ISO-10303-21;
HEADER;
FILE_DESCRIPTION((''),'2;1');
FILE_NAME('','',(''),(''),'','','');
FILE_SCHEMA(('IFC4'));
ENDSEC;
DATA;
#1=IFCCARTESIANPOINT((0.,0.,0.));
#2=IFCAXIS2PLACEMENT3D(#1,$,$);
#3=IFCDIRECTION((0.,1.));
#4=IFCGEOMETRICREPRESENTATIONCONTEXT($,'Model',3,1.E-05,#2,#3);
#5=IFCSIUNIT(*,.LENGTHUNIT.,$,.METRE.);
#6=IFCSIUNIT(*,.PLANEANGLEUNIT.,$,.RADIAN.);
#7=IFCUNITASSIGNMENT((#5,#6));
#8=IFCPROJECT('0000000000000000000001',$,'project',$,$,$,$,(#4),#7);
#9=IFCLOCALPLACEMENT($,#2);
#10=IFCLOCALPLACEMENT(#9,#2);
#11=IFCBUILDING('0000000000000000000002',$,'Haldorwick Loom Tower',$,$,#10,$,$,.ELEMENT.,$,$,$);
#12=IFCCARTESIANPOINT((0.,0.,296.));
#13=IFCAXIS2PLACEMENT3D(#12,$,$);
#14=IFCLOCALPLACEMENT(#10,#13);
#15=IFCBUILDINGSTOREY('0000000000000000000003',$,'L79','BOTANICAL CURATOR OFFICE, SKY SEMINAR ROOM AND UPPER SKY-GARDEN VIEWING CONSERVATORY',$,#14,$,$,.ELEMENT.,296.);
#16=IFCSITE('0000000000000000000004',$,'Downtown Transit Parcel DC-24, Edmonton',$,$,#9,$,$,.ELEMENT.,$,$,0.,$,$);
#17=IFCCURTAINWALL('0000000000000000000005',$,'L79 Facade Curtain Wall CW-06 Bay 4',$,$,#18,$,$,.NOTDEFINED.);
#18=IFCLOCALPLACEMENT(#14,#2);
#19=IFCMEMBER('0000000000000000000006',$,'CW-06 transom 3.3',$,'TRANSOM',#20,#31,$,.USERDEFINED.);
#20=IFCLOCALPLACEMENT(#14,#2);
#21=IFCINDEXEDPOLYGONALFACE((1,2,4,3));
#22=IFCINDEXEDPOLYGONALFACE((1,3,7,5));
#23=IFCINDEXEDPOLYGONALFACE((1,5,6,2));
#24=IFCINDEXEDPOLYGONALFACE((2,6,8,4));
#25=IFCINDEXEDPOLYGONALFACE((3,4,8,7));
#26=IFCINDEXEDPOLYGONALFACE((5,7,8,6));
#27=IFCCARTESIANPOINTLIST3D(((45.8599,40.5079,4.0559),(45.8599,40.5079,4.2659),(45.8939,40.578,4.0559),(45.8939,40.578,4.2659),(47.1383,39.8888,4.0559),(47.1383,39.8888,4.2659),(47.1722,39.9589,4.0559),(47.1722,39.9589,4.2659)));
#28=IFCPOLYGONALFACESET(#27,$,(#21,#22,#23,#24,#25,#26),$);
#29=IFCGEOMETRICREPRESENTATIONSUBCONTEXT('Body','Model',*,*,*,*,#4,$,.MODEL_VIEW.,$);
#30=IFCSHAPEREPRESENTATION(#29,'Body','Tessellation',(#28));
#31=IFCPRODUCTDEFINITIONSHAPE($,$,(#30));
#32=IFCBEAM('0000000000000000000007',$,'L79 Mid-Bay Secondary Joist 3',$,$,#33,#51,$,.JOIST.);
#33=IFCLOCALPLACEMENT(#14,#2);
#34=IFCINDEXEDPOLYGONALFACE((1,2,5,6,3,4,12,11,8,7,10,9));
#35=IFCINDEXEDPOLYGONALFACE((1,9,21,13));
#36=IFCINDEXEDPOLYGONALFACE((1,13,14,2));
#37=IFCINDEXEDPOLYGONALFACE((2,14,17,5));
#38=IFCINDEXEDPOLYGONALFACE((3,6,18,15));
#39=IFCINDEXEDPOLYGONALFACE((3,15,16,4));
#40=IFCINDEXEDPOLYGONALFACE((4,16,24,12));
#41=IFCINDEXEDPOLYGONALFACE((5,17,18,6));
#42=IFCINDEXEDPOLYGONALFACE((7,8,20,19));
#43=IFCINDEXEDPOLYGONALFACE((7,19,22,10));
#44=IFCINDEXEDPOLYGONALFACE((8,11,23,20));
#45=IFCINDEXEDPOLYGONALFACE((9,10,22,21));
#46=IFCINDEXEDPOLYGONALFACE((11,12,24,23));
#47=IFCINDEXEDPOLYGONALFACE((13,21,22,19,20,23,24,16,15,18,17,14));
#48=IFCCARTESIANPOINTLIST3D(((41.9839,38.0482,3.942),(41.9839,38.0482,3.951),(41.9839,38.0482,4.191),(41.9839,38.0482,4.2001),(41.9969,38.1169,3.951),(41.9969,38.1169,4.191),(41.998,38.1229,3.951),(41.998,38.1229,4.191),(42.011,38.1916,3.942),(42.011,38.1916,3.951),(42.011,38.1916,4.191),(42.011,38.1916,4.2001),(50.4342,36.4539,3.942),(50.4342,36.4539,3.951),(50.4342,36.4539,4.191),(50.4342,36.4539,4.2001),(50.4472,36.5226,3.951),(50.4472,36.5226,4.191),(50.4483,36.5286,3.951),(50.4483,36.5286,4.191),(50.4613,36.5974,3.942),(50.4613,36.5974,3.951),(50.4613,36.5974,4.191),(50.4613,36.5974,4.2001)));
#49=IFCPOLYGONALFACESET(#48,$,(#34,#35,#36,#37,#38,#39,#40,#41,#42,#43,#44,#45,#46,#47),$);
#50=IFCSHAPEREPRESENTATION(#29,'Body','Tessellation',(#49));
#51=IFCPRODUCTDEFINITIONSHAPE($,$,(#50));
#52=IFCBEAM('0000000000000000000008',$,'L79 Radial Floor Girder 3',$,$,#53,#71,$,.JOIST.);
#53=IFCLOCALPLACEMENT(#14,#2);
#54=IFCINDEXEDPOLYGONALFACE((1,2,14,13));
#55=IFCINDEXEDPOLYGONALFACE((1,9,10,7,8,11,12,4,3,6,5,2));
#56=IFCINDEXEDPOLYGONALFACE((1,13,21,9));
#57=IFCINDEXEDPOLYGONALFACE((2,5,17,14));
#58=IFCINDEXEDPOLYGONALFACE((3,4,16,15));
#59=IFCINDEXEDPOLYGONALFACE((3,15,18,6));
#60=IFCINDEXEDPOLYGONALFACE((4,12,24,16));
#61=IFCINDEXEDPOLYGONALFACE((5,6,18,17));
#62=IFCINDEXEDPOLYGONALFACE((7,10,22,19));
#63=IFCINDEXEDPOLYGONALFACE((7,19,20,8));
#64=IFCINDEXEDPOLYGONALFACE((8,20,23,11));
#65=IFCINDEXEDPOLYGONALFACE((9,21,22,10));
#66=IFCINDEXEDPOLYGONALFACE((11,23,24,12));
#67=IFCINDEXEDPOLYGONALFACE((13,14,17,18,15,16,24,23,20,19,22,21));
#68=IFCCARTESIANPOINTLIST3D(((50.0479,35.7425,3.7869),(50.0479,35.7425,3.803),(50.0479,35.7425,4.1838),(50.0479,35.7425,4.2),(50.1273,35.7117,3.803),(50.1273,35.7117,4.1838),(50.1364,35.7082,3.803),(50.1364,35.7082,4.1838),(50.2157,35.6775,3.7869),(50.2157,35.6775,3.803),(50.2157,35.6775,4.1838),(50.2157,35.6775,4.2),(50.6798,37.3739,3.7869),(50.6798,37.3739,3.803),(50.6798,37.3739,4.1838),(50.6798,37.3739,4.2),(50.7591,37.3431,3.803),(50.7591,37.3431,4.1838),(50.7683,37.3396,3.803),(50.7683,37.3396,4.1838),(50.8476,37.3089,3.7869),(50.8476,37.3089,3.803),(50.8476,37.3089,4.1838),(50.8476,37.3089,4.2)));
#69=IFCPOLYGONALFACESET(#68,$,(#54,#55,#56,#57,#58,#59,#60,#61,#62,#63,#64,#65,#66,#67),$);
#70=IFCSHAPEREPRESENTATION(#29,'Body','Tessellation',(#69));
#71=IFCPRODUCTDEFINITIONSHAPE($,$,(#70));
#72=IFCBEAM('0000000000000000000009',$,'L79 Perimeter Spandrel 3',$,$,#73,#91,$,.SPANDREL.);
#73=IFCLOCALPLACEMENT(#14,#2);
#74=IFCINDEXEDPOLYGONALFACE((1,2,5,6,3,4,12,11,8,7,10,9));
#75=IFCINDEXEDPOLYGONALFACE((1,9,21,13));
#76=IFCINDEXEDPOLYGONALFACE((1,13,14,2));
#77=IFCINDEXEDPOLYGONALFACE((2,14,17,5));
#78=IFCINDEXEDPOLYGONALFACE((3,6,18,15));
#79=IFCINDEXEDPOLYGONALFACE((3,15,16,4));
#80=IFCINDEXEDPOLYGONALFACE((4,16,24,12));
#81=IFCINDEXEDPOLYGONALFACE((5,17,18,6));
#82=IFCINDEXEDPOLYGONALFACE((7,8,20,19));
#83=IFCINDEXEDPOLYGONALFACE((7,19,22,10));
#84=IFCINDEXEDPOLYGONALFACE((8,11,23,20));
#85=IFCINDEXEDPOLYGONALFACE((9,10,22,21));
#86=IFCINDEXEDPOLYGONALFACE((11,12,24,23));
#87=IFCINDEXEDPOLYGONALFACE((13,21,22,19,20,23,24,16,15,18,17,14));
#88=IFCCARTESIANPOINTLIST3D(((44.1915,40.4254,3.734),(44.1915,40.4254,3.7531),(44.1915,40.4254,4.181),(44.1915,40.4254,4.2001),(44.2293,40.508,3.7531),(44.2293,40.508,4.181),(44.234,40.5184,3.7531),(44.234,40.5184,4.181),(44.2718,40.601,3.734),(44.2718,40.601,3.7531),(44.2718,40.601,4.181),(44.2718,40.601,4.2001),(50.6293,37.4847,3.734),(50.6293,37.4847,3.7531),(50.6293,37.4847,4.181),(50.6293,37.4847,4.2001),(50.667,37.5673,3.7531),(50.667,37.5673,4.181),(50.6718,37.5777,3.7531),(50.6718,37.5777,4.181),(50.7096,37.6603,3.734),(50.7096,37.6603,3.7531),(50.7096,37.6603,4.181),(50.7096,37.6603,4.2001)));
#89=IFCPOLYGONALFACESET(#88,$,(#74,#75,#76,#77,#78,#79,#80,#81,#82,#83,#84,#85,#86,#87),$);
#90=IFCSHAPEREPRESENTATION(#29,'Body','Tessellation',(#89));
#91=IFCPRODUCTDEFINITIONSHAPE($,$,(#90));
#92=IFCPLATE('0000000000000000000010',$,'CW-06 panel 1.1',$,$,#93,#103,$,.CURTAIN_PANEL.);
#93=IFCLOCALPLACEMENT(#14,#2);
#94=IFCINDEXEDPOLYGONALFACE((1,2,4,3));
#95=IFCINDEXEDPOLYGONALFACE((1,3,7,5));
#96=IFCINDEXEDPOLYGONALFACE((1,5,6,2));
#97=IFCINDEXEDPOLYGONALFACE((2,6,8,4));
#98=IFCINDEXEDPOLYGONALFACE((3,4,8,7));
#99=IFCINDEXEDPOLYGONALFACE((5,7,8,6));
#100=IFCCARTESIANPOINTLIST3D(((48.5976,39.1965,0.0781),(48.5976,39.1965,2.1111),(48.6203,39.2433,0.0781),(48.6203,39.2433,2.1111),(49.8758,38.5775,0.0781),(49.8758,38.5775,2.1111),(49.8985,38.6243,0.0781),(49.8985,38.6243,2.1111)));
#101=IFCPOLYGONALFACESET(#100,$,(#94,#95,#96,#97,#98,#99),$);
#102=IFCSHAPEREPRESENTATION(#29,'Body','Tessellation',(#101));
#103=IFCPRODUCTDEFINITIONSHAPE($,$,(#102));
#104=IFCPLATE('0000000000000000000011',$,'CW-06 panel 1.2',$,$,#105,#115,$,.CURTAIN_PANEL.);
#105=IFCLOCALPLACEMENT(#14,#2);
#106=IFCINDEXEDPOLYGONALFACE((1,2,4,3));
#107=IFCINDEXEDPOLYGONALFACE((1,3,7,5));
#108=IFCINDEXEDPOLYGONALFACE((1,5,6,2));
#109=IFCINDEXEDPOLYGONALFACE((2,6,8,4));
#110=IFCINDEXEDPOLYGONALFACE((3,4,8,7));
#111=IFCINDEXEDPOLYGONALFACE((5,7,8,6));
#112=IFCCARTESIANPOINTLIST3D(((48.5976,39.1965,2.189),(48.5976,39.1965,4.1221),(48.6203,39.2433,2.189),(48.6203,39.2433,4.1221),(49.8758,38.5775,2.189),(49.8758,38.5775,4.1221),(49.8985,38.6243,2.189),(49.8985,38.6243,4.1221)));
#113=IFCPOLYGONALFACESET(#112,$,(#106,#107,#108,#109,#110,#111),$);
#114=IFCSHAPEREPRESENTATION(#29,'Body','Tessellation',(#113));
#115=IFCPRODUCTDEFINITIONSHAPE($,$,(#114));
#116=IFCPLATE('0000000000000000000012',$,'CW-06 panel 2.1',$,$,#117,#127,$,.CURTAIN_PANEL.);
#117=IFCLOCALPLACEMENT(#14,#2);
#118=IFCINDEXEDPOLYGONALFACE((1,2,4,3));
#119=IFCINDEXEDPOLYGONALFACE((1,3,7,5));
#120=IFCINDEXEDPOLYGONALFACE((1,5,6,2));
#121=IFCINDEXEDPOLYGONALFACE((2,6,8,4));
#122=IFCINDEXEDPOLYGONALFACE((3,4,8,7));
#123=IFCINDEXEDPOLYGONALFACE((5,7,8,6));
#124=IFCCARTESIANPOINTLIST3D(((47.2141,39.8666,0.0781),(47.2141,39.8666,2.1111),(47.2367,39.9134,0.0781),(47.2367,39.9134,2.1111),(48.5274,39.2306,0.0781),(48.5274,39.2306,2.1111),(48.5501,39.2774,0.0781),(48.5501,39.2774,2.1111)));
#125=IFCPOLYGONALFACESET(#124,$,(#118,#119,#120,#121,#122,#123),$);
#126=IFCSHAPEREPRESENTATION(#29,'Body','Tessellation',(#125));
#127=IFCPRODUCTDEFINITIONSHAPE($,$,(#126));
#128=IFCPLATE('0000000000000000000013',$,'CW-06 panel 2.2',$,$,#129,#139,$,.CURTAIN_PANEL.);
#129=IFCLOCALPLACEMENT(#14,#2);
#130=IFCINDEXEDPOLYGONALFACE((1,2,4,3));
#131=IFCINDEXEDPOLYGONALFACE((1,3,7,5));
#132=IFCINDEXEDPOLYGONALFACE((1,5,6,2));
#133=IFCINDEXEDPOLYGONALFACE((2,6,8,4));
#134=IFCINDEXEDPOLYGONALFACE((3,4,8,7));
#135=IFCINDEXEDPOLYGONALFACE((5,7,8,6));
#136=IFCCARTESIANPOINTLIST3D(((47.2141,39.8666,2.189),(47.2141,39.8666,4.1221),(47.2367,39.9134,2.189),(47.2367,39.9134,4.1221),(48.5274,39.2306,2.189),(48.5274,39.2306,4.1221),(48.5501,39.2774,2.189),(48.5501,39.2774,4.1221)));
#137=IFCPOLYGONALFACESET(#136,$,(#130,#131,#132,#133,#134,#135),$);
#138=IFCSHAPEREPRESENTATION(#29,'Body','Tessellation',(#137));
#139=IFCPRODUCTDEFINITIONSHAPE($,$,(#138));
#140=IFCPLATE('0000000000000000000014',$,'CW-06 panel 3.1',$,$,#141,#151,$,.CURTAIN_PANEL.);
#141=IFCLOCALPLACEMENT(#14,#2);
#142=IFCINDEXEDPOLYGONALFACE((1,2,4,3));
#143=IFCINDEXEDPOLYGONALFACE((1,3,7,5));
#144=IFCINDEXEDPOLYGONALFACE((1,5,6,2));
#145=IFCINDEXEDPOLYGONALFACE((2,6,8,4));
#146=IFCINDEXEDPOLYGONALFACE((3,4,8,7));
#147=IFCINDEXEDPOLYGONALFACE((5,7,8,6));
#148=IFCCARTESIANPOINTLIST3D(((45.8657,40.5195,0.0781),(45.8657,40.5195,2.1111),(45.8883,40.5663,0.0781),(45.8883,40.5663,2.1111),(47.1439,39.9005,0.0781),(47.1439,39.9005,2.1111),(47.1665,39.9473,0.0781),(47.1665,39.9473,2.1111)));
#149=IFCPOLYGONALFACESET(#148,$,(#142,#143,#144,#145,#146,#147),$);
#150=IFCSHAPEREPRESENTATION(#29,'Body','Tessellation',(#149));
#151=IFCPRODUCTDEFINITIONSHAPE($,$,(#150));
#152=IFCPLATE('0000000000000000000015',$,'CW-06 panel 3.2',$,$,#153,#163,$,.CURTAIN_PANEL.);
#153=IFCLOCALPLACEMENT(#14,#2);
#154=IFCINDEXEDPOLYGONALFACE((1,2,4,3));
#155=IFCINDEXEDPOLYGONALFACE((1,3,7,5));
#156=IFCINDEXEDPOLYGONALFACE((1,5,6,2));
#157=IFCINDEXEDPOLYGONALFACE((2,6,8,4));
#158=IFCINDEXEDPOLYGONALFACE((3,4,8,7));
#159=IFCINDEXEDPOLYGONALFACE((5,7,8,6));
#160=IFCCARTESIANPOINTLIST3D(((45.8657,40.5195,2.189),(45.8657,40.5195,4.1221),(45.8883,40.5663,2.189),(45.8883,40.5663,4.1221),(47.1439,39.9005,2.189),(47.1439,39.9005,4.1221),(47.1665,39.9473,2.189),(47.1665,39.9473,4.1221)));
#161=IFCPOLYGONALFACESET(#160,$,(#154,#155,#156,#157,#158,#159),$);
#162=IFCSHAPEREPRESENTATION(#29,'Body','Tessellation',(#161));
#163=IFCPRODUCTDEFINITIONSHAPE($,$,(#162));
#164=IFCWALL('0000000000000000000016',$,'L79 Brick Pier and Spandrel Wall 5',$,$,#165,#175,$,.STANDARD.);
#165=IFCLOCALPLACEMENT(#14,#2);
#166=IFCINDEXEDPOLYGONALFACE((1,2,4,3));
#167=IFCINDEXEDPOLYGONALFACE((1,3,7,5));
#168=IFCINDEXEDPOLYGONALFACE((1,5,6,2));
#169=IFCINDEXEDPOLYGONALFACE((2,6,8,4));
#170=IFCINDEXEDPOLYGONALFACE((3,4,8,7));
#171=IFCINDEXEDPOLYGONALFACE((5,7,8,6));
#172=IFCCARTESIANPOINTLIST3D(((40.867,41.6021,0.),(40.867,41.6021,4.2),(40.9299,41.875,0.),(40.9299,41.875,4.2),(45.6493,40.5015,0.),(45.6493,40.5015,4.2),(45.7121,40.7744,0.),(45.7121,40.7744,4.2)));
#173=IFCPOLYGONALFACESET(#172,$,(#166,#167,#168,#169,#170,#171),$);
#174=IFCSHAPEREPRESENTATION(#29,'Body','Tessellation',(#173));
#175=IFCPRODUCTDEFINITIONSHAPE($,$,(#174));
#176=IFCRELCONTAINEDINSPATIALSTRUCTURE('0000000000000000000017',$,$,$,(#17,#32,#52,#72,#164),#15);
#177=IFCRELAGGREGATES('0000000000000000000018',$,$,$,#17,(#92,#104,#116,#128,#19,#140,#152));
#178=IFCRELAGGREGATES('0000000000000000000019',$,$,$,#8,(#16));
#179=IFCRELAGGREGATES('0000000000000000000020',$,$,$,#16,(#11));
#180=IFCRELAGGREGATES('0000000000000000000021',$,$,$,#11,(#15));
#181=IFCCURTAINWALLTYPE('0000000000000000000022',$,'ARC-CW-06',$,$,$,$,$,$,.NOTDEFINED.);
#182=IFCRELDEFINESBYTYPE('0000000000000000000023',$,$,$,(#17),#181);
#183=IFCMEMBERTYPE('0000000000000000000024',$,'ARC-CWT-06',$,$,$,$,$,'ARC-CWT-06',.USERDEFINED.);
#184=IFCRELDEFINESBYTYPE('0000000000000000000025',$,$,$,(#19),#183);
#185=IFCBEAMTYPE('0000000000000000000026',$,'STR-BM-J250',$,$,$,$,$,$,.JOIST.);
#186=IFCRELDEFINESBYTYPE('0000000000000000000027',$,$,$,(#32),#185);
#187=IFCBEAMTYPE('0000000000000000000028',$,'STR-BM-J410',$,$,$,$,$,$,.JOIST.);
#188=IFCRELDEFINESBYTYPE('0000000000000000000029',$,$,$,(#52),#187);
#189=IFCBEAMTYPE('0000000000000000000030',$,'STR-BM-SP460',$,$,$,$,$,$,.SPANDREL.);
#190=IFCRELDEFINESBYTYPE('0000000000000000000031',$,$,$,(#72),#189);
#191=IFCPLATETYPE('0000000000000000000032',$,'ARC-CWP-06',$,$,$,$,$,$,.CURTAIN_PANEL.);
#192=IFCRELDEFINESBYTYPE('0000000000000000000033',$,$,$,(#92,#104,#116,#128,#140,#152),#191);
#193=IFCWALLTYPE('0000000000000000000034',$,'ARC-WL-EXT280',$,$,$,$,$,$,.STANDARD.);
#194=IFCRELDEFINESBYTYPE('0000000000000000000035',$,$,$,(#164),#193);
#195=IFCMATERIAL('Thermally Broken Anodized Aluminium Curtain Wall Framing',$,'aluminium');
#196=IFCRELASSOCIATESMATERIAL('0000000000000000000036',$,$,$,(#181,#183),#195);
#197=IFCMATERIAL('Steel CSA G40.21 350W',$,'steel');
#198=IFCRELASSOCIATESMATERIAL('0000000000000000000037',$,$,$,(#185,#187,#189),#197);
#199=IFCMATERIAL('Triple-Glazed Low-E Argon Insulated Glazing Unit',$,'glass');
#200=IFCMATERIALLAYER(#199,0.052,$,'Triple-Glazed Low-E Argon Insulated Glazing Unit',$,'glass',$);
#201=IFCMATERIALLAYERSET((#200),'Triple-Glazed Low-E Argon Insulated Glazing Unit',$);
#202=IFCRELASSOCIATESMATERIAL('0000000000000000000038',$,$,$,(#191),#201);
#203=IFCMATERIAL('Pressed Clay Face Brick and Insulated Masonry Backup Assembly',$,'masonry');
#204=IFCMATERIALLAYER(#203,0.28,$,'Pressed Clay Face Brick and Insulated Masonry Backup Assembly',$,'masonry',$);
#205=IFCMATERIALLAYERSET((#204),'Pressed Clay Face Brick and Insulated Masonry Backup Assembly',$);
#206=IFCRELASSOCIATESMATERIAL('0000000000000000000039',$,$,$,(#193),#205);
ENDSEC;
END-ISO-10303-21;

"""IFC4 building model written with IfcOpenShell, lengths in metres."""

from ifc_helpers import new_model, si_unit, direction, frame, frame_2d, origin, origin_2d, place, context, subcontext, project, spatial, rectangle, i_section, extrude, material, layer, layer_set, material_profile, profile_set, type_object, element, aggregate, save


model = new_model("IFC4")

# Units and contexts
model_context = context("Model", 3, precision=1e-05, world=origin(), true_north=direction((0.0, 1.0)))
body_context = subcontext(model_context, "Body", "Model", "MODEL_VIEW")
ifc_project = project(units=[si_unit("LENGTHUNIT", "METRE"), si_unit("PLANEANGLEUNIT", "RADIAN")], contexts=[model_context])

# Site, building, storey
site_placement = place(None, origin())
site = spatial("IfcSite", under=ifc_project, at=site_placement, Name="Downtown Transit Parcel DC-24, Edmonton", CompositionType="ELEMENT", RefElevation=0.0)
building_placement = place(site_placement, origin())
building = spatial("IfcBuilding", under=site, at=building_placement, Name="Haldorwick Loom Tower", CompositionType="ELEMENT")
storey_placement = place(building_placement, frame((0.0, 0.0, 296.0)))
storey = spatial("IfcBuildingStorey", under=building, at=storey_placement, Name="L79", Description="BOTANICAL CURATOR OFFICE, SKY SEMINAR ROOM AND UPPER SKY-GARDEN VIEWING CONSERVATORY", CompositionType="ELEMENT", Elevation=296.0)

# Shared definitions
ifc_material_1 = material(Name="Steel CSA G40.21 350W", Category="steel")

# Curtain wall, member
ifc_material_2 = material(Name="Thermally Broken Anodized Aluminium Curtain Wall Framing", Category="aluminium")
curtain_wall_type = type_object("IfcCurtainWallType", Name="ARC-CW-06", PredefinedType="NOTDEFINED", material=ifc_material_2)
curtain_wall_placement = place(storey_placement, origin())
curtain_wall = element("IfcCurtainWall", 1, at=curtain_wall_placement, inside=storey, type_object=curtain_wall_type, Name="L79 Facade Curtain Wall CW-06 Bay 4", PredefinedType="NOTDEFINED")
ifc_material_profile_1 = material_profile(ifc_material_2, rectangle(XDim=0.0779, YDim=0.21, at=origin_2d()), Name="ALU_TRN_78X210", Category="aluminium")
ifc_profile_set_1 = profile_set([ifc_material_profile_1], Name="Thermally Broken Anodized Aluminium Curtain Wall Framing")
member_type_1 = type_object("IfcMemberType", Name="ARC-CWT-06", ElementType="ARC-CWT-06", PredefinedType="USERDEFINED", material=ifc_profile_set_1)
member_1_placement = place(storey_placement, frame((47.1553, 39.9238, 4.1609), z_axis=(-0.899994, 0.435902, 0.0), x_axis=(-0.435902, -0.899994, 0.0)))
member_1 = element("IfcMember", 2, at=member_1_placement, type_object=member_type_1, Name="CW-06 transom 3.3", ObjectType="TRANSOM", PredefinedType="USERDEFINED", context=body_context, shape_type="SweptSolid", body=[
    extrude(rectangle(XDim=0.0779, YDim=0.21, at=origin_2d()), origin(), (0.0, 0.0, 1.0), 1.4204),
])

# Beams
ifc_material_profile_2 = material_profile(ifc_material_1, i_section(OverallWidth=0.146, OverallDepth=0.2581, WebThickness=0.0061, FlangeThickness=0.009, at=origin_2d()), Name="W250X33", Category="steel")
ifc_profile_set_2 = profile_set([ifc_material_profile_2], Name="Steel CSA G40.21 350W")
beam_type_1 = type_object("IfcBeamType", Name="STR-BM-J250", PredefinedType="JOIST", material=ifc_profile_set_2)
beam_1_placement = place(storey_placement, frame((50.4478, 36.5256, 4.071), z_axis=(-0.982665, 0.185392, 0.0), x_axis=(-0.185392, -0.982665, 0.0)))
element("IfcBeam", 3, at=beam_1_placement, inside=storey, type_object=beam_type_1, Name="L79 Mid-Bay Secondary Joist 3", PredefinedType="JOIST", context=body_context, shape_type="SweptSolid", body=[
    extrude(i_section(OverallWidth=0.146, OverallDepth=0.2581, WebThickness=0.0061, FlangeThickness=0.009, at=origin_2d()), origin(), (0.0, 0.0, 1.0), 8.5994),
])
ifc_material_profile_3 = material_profile(ifc_material_1, i_section(OverallWidth=0.1799, OverallDepth=0.4131, WebThickness=0.0098, FlangeThickness=0.0161, at=origin_2d()), Name="W410X74", Category="steel")
ifc_profile_set_3 = profile_set([ifc_material_profile_3], Name="Steel CSA G40.21 350W")
beam_type_2 = type_object("IfcBeamType", Name="STR-BM-J410", PredefinedType="JOIST", material=ifc_profile_set_3)
beam_2_placement = place(storey_placement, frame((50.1318, 35.71, 3.9934), z_axis=(0.361166, 0.932501, 0.0), x_axis=(-0.932501, 0.361166, 0.0)))
element("IfcBeam", 4, at=beam_2_placement, inside=storey, type_object=beam_type_2, Name="L79 Radial Floor Girder 3", PredefinedType="JOIST", context=body_context, shape_type="SweptSolid", body=[
    extrude(i_section(OverallWidth=0.1799, OverallDepth=0.4131, WebThickness=0.0098, FlangeThickness=0.0161, at=origin_2d()), origin(), (0.0, 0.0, 1.0), 1.7495),
])
ifc_material_profile_4 = material_profile(ifc_material_1, i_section(OverallWidth=0.1931, OverallDepth=0.4661, WebThickness=0.0115, FlangeThickness=0.019, at=origin_2d()), Name="W460X97", Category="steel")
ifc_profile_set_4 = profile_set([ifc_material_profile_4], Name="Steel CSA G40.21 350W")
beam_type_3 = type_object("IfcBeamType", Name="STR-BM-SP460", PredefinedType="SPANDREL", material=ifc_profile_set_4)
beam_3_placement = place(storey_placement, frame((50.6694, 37.5725, 3.967), z_axis=(-0.909597, 0.415492, 0.0), x_axis=(-0.415492, -0.909597, 0.0)))
element("IfcBeam", 5, at=beam_3_placement, inside=storey, type_object=beam_type_3, Name="L79 Perimeter Spandrel 3", PredefinedType="SPANDREL", context=body_context, shape_type="SweptSolid", body=[
    extrude(i_section(OverallWidth=0.1931, OverallDepth=0.4661, WebThickness=0.0115, FlangeThickness=0.019, at=origin_2d()), origin(), (0.0, 0.0, 1.0), 7.0776),
])

# Plates
ifc_material_3 = material(Name="Triple-Glazed Low-E Argon Insulated Glazing Unit", Category="glass")
ifc_layer_1 = layer(ifc_material_3, 0.052, Name="Triple-Glazed Low-E Argon Insulated Glazing Unit", Category="glass")
ifc_layer_set_1 = layer_set([ifc_layer_1], Name="Triple-Glazed Low-E Argon Insulated Glazing Unit")
plate_type = type_object("IfcPlateType", Name="ARC-CWP-06", PredefinedType="CURTAIN_PANEL", material=ifc_layer_set_1)
plate_1_placement = place(storey_placement, frame((49.248, 38.9104, 0.0781), z_axis=(0.0, 0.0, 1.0), x_axis=(-0.900032, 0.435824, 0.0)))
plate_1 = element("IfcPlate", 6, at=plate_1_placement, type_object=plate_type, Name="CW-06 panel 1.1", PredefinedType="CURTAIN_PANEL", context=body_context, shape_type="SweptSolid", body=[
    extrude(rectangle(XDim=1.4202, YDim=0.052, at=origin_2d()), origin(), (0.0, 0.0, 1.0), 2.033),
])
plate_2_placement = place(storey_placement, frame((49.248, 38.9104, 2.189), z_axis=(0.0, 0.0, 1.0), x_axis=(-0.900032, 0.435824, 0.0)))
plate_2 = element("IfcPlate", 7, at=plate_2_placement, type_object=plate_type, Name="CW-06 panel 1.2", PredefinedType="CURTAIN_PANEL", context=body_context, shape_type="SweptSolid", body=[
    extrude(rectangle(XDim=1.4202, YDim=0.052, at=origin_2d()), origin(), (0.0, 0.0, 1.0), 1.9331),
])
plate_3_placement = place(storey_placement, frame((47.8821, 39.572, 0.0781), z_axis=(0.0, 0.0, 1.0), x_axis=(-0.900032, 0.435824, 0.0)))
plate_3 = element("IfcPlate", 8, at=plate_3_placement, type_object=plate_type, Name="CW-06 panel 2.1", PredefinedType="CURTAIN_PANEL", context=body_context, shape_type="SweptSolid", body=[
    extrude(rectangle(XDim=1.4592, YDim=0.052, at=origin_2d()), origin(), (0.0, 0.0, 1.0), 2.033),
])
plate_4_placement = place(storey_placement, frame((47.8821, 39.572, 2.189), z_axis=(0.0, 0.0, 1.0), x_axis=(-0.900032, 0.435824, 0.0)))
plate_4 = element("IfcPlate", 9, at=plate_4_placement, type_object=plate_type, Name="CW-06 panel 2.2", PredefinedType="CURTAIN_PANEL", context=body_context, shape_type="SweptSolid", body=[
    extrude(rectangle(XDim=1.4592, YDim=0.052, at=origin_2d()), origin(), (0.0, 0.0, 1.0), 1.9331),
])
plate_5_placement = place(storey_placement, frame((46.5161, 40.2334, 0.0781), z_axis=(0.0, 0.0, 1.0), x_axis=(-0.900032, 0.435824, 0.0)))
plate_5 = element("IfcPlate", 10, at=plate_5_placement, type_object=plate_type, Name="CW-06 panel 3.1", PredefinedType="CURTAIN_PANEL", context=body_context, shape_type="SweptSolid", body=[
    extrude(rectangle(XDim=1.4202, YDim=0.052, at=origin_2d()), origin(), (0.0, 0.0, 1.0), 2.033),
])
plate_6_placement = place(storey_placement, frame((46.5161, 40.2334, 2.189), z_axis=(0.0, 0.0, 1.0), x_axis=(-0.900032, 0.435824, 0.0)))
plate_6 = element("IfcPlate", 11, at=plate_6_placement, type_object=plate_type, Name="CW-06 panel 3.2", PredefinedType="CURTAIN_PANEL", context=body_context, shape_type="SweptSolid", body=[
    extrude(rectangle(XDim=1.4202, YDim=0.052, at=origin_2d()), origin(), (0.0, 0.0, 1.0), 1.9331),
])
aggregate(curtain_wall, [plate_1, plate_2, plate_3, plate_4, member_1, plate_5, plate_6])

# Wall
ifc_material_4 = material(Name="Pressed Clay Face Brick and Insulated Masonry Backup Assembly", Category="masonry")
ifc_layer_2 = layer(ifc_material_4, 0.28, Name="Pressed Clay Face Brick and Insulated Masonry Backup Assembly", Category="masonry")
ifc_layer_set_2 = layer_set([ifc_layer_2], Name="Pressed Clay Face Brick and Insulated Masonry Backup Assembly")
wall_type = type_object("IfcWallType", Name="ARC-WL-EXT280", PredefinedType="STANDARD", material=ifc_layer_set_2)
wall_placement = place(storey_placement, frame((45.6807, 40.6379, 0.0), z_axis=(0.0, 0.0, 1.0), x_axis=(-0.974525, 0.224278, 0.0)))
element("IfcWall", 12, at=wall_placement, inside=storey, type_object=wall_type, Name="L79 Brick Pier and Spandrel Wall 5", PredefinedType="STANDARD", context=body_context, shape_type="SweptSolid", body=[
    extrude(rectangle(XDim=4.9072, YDim=0.28, at=frame_2d((2.4536, 0.0))), origin(), (0.0, 0.0, 1.0), 4.2),
])

save(model, "model.ifc")
